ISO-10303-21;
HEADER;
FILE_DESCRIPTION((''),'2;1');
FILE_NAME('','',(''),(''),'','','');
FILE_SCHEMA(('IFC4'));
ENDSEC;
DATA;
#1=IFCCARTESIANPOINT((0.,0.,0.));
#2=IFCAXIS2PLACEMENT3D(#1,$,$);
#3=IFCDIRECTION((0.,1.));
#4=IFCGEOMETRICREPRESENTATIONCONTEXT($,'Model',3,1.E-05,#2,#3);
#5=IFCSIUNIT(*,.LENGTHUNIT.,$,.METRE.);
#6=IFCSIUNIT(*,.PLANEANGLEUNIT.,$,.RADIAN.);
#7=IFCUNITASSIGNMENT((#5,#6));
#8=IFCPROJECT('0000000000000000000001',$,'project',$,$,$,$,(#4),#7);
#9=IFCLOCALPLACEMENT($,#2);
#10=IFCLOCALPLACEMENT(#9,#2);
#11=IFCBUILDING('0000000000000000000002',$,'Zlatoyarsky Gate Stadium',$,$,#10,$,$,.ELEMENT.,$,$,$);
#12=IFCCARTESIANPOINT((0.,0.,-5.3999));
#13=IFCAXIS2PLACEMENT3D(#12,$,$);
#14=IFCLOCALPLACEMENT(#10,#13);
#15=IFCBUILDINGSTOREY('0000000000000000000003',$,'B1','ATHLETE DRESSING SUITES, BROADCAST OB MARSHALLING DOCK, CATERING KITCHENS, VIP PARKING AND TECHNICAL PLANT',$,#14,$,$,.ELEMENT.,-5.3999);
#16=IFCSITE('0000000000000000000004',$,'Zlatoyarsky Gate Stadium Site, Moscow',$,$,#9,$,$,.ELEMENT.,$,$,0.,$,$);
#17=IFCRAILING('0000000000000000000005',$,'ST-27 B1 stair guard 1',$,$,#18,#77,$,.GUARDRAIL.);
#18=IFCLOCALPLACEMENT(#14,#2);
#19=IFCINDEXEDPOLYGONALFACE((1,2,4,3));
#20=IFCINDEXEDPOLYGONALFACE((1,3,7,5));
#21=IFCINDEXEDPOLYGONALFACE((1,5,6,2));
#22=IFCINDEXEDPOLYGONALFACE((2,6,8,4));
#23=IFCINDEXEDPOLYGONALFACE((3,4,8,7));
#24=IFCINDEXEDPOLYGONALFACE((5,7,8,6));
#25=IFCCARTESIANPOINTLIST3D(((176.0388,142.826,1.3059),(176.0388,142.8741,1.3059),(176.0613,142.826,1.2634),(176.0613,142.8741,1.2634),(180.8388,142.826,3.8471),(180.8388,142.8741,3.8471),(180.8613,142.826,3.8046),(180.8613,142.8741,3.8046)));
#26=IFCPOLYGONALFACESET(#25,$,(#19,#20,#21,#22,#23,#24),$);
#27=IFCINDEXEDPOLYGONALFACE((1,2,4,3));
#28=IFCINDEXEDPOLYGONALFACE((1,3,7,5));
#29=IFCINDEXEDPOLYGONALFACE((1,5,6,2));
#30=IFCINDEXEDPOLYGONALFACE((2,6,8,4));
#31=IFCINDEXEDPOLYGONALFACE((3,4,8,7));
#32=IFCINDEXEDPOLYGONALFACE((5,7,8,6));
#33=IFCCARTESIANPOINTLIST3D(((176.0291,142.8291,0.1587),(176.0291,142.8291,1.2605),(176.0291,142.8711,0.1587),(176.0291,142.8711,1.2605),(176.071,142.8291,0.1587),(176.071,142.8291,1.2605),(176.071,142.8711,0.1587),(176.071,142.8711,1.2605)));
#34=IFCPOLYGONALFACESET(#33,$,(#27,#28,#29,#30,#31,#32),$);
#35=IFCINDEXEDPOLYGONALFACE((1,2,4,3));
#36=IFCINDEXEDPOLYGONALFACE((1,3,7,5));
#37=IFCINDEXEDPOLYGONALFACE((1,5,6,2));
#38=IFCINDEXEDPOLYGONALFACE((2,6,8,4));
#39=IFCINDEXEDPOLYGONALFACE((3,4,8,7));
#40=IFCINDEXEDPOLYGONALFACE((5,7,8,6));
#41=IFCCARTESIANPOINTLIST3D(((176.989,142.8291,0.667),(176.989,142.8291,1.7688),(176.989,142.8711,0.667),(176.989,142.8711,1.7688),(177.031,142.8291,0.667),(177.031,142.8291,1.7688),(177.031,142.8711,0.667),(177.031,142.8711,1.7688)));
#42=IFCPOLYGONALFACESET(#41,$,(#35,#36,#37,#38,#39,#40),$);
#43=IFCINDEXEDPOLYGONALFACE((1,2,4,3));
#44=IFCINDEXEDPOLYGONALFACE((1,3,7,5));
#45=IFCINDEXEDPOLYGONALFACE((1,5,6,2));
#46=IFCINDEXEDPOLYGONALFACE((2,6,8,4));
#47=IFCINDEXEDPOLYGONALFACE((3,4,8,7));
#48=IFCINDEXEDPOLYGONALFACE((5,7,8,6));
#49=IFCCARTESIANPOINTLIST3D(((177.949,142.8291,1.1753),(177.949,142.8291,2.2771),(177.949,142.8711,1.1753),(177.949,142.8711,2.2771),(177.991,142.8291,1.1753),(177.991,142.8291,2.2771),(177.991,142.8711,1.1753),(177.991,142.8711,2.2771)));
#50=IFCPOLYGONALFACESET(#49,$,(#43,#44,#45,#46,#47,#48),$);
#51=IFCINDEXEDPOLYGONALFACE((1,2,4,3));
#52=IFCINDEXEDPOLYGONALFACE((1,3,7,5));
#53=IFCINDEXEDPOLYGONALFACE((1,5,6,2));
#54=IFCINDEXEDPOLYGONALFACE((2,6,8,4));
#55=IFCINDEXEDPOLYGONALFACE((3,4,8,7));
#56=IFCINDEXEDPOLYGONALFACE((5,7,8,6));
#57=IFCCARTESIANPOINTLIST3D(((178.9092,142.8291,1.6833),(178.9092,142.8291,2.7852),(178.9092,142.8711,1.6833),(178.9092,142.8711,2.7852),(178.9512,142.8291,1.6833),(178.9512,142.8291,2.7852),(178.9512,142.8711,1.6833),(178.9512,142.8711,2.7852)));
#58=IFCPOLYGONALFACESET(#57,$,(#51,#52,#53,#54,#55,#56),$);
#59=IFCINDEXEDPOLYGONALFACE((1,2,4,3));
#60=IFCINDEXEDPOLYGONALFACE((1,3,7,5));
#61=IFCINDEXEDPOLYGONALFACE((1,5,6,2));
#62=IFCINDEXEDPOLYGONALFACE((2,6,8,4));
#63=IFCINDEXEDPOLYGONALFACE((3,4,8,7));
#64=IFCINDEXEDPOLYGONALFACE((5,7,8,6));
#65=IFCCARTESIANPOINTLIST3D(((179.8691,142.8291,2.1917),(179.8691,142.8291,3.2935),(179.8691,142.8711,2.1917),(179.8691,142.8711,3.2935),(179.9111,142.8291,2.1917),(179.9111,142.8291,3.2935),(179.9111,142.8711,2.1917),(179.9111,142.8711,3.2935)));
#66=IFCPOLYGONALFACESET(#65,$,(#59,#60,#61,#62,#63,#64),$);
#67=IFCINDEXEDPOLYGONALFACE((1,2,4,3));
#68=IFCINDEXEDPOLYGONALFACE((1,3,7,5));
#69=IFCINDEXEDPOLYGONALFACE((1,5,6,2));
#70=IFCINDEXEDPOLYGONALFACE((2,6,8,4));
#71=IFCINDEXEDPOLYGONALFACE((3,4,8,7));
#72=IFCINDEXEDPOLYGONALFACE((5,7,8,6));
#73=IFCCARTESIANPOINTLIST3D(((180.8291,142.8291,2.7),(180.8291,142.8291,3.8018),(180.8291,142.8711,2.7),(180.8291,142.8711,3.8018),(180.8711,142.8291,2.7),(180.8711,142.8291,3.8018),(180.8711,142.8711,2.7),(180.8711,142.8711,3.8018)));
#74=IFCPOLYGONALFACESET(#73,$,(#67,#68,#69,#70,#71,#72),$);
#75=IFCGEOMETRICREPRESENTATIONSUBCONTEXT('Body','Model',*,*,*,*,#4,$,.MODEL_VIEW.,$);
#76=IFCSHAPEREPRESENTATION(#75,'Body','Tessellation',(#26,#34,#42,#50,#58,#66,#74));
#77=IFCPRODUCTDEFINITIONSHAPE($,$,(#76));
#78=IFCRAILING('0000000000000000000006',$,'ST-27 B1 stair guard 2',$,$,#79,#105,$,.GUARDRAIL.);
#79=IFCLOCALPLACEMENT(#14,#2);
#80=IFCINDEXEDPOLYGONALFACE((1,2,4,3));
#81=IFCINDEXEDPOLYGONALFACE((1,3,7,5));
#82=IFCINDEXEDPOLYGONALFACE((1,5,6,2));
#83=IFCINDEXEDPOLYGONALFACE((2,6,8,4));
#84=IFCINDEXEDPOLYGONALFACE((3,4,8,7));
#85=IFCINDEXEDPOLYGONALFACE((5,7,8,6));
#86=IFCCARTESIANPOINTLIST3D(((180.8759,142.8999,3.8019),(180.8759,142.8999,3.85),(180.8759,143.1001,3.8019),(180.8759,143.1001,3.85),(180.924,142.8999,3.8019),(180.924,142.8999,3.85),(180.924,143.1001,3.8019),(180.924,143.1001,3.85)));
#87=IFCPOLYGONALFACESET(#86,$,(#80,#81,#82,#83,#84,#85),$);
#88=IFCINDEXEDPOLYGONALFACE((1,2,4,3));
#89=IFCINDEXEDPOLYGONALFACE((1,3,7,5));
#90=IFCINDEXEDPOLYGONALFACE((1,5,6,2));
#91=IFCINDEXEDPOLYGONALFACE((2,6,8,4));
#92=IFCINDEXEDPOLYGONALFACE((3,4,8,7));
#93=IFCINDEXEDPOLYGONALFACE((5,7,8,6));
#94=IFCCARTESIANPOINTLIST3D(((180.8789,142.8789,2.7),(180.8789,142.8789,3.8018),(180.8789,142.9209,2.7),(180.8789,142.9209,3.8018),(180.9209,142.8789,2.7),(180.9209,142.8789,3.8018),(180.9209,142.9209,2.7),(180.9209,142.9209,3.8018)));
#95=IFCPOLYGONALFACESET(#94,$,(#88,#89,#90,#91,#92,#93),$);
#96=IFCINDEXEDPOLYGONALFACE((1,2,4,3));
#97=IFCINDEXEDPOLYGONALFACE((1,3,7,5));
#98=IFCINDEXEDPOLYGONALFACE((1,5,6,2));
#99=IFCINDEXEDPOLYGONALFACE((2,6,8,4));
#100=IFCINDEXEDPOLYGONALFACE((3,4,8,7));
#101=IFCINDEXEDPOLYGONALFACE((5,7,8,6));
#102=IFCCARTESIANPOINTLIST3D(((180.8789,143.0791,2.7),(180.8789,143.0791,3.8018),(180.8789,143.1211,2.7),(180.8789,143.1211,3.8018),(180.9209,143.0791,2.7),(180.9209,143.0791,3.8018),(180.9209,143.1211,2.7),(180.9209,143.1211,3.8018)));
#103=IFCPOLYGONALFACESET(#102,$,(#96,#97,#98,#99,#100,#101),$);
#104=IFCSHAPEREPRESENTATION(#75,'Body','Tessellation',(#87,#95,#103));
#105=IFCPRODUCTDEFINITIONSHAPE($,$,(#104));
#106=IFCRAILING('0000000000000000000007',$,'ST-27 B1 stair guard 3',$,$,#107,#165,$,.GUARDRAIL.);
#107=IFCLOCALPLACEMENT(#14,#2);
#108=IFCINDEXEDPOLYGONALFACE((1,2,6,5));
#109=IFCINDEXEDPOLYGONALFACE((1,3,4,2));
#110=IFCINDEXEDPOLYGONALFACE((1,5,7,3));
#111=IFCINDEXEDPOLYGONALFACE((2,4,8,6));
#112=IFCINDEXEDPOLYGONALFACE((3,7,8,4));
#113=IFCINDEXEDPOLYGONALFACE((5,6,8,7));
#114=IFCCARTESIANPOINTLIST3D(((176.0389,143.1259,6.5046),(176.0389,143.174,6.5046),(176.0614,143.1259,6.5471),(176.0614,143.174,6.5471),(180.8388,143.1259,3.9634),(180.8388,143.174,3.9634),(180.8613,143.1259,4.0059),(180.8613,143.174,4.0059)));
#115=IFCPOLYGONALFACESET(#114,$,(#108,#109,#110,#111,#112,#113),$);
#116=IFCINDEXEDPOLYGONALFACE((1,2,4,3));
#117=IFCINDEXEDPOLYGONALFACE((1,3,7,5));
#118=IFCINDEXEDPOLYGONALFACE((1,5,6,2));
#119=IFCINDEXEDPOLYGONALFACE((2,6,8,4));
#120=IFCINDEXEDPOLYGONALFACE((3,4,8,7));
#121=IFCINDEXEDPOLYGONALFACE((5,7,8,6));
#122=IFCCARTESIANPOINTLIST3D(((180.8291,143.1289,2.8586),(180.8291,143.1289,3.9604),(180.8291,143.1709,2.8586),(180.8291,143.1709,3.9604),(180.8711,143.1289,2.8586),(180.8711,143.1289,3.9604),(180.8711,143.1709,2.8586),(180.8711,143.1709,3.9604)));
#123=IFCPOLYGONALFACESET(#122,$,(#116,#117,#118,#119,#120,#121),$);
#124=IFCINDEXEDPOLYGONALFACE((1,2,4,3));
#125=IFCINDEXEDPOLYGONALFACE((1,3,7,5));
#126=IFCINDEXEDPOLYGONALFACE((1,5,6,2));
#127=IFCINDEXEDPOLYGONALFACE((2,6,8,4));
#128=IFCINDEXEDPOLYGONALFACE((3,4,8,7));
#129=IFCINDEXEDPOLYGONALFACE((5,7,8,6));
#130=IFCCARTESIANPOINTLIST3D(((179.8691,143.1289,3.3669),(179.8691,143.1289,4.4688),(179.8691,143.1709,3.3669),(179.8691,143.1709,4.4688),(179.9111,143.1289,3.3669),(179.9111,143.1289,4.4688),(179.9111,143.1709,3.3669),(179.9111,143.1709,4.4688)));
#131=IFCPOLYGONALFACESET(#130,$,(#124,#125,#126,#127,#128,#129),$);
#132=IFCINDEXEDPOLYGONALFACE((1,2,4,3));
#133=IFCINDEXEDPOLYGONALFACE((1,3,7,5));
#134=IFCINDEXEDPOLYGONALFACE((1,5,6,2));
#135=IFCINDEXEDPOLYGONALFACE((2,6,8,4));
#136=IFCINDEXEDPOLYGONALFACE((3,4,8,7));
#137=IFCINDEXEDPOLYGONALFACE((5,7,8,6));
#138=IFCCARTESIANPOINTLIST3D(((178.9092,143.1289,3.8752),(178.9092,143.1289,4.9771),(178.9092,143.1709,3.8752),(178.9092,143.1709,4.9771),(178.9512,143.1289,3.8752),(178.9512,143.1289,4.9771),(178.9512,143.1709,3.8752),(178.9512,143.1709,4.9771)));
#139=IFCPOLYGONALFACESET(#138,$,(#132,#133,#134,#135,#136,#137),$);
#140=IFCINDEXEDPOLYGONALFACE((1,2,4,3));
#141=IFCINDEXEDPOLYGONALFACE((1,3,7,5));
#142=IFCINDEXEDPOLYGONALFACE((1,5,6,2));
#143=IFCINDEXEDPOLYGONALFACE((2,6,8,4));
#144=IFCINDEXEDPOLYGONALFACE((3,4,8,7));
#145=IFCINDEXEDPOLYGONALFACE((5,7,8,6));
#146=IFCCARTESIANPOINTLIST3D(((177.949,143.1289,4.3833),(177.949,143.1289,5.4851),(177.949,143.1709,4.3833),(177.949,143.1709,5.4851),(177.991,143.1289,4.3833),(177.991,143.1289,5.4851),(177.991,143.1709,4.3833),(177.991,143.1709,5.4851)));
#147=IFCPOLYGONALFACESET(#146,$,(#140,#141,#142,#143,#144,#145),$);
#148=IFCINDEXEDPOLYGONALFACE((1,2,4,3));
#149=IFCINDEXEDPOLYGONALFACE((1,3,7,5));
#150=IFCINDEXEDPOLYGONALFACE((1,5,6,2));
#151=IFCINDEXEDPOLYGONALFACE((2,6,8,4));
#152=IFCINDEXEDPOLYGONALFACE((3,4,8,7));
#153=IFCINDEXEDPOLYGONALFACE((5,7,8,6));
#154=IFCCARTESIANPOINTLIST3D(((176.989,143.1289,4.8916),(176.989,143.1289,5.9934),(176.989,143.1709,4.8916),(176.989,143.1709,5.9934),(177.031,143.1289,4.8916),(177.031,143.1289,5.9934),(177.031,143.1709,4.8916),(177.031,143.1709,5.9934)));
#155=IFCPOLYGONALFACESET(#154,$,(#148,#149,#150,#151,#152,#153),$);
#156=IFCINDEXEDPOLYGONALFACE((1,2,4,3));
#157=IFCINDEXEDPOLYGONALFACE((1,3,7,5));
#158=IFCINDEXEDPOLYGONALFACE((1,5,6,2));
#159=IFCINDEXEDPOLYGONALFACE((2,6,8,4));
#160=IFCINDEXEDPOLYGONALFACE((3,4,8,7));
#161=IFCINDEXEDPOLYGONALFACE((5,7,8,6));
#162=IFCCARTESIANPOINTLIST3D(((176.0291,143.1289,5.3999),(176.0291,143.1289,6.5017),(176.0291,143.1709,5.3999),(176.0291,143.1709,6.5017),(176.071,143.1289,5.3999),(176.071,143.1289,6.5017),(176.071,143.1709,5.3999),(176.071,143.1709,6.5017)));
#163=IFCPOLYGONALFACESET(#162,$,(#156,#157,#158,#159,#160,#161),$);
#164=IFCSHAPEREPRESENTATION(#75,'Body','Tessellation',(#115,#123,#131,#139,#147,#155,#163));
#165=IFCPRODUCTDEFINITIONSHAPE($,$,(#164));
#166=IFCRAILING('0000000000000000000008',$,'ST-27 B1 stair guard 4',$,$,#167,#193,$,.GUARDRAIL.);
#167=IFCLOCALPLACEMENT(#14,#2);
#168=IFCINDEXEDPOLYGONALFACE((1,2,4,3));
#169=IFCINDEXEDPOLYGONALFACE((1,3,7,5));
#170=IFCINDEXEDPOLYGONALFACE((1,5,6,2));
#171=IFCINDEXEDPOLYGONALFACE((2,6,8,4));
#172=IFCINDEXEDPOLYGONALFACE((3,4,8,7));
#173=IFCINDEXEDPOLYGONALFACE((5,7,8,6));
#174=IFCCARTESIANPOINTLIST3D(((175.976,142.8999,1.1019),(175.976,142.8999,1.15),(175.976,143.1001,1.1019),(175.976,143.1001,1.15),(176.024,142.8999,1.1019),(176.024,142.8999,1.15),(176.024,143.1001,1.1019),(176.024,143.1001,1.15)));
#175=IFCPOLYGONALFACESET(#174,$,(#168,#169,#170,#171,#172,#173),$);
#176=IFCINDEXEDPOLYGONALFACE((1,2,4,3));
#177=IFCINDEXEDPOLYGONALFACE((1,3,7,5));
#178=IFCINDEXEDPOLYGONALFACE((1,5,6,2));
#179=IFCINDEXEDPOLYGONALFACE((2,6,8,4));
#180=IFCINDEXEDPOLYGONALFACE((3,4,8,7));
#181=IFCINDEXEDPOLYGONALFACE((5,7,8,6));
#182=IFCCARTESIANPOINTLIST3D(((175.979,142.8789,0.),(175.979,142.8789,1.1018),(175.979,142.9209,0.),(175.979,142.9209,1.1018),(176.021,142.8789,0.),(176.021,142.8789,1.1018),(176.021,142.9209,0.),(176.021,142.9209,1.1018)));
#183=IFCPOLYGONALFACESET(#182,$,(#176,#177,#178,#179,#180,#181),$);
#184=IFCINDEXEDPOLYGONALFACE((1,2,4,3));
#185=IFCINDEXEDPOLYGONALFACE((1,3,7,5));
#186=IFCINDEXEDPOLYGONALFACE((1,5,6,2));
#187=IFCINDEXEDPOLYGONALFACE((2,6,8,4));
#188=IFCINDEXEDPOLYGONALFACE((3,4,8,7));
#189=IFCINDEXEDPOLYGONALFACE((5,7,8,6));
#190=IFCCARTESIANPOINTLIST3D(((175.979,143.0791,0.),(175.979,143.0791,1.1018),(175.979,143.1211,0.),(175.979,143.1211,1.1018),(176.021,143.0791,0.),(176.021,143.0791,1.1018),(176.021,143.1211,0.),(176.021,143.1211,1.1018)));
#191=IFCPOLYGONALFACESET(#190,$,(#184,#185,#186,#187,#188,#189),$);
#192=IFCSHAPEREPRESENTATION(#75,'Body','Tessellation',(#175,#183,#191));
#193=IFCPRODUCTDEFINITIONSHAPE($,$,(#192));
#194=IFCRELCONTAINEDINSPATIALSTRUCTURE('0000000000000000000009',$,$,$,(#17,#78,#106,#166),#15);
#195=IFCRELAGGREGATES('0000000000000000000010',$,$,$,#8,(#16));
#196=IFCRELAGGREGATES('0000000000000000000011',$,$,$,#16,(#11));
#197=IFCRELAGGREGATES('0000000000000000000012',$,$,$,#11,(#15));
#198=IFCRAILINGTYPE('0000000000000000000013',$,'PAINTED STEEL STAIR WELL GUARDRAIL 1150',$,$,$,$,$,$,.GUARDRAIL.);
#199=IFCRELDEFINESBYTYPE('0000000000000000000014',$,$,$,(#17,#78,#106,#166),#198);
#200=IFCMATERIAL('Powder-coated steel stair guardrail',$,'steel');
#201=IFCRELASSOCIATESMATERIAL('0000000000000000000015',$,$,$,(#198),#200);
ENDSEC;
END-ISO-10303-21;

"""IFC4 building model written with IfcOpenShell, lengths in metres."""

from ifc_helpers import new_model, si_unit, direction, frame, origin, origin_2d, place, context, subcontext, project, spatial, rectangle, extrude, material, type_object, element, save


model = new_model("IFC4")

# Units and contexts
model_context = context("Model", 3, precision=1e-05, world=origin(), true_north=direction((0.0, 1.0)))
body_context = subcontext(model_context, "Body", "Model", "MODEL_VIEW")
ifc_project = project(units=[si_unit("LENGTHUNIT", "METRE"), si_unit("PLANEANGLEUNIT", "RADIAN")], contexts=[model_context])

# Site, building, storey
site_placement = place(None, origin())
site = spatial("IfcSite", under=ifc_project, at=site_placement, Name="Zlatoyarsky Gate Stadium Site, Moscow", CompositionType="ELEMENT", RefElevation=0.0)
building_placement = place(site_placement, origin())
building = spatial("IfcBuilding", under=site, at=building_placement, Name="Zlatoyarsky Gate Stadium", CompositionType="ELEMENT")
storey_placement = place(building_placement, frame((0.0, 0.0, -5.3999)))
storey = spatial("IfcBuildingStorey", under=building, at=storey_placement, Name="B1", Description="ATHLETE DRESSING SUITES, BROADCAST OB MARSHALLING DOCK, CATERING KITCHENS, VIP PARKING AND TECHNICAL PLANT", CompositionType="ELEMENT", Elevation=-5.3999)

# Railings
ifc_material_1 = material(Name="Powder-coated steel stair guardrail", Category="steel")
railing_type_1 = type_object("IfcRailingType", Name="PAINTED STEEL STAIR WELL GUARDRAIL 1150", PredefinedType="GUARDRAIL", material=ifc_material_1)
railing_1_placement = place(storey_placement, frame((176.05, 142.8501, 0.1587)))
element("IfcRailing", 1, at=railing_1_placement, inside=storey, type_object=railing_type_1, Name="ST-27 B1 stair guard 1", PredefinedType="GUARDRAIL", context=body_context, shape_type="SweptSolid", body=[
    extrude(rectangle(XDim=0.0481, YDim=0.0481, at=origin_2d()), frame((0.0, 0.0, 1.126), z_axis=(0.883784, 0.0, 0.467896), x_axis=(0.0, 1.0, 0.0)), (0.0, 0.0, 1.0), 5.4312),
    extrude(rectangle(XDim=0.042, YDim=0.042, at=origin_2d()), origin(), (0.0, 0.0, 1.0), 1.1018),
    extrude(rectangle(XDim=0.042, YDim=0.042, at=origin_2d()), frame((0.96, 0.0, 0.5083)), (0.0, 0.0, 1.0), 1.1018),
    extrude(rectangle(XDim=0.042, YDim=0.042, at=origin_2d()), frame((1.9199, 0.0, 1.0166)), (0.0, 0.0, 1.0), 1.1018),
    extrude(rectangle(XDim=0.042, YDim=0.042, at=origin_2d()), frame((2.8801, 0.0, 1.5247)), (0.0, 0.0, 1.0), 1.1018),
    extrude(rectangle(XDim=0.042, YDim=0.042, at=origin_2d()), frame((3.8401, 0.0, 2.033)), (0.0, 0.0, 1.0), 1.1018),
    extrude(rectangle(XDim=0.042, YDim=0.042, at=origin_2d()), frame((4.8, 0.0, 2.5413)), (0.0, 0.0, 1.0), 1.1018),
])
railing_2_placement = place(storey_placement, frame((180.8999, 142.8999, 2.7)))
element("IfcRailing", 2, at=railing_2_placement, inside=storey, type_object=railing_type_1, Name="ST-27 B1 stair guard 2", PredefinedType="GUARDRAIL", context=body_context, shape_type="SweptSolid", body=[
    extrude(rectangle(XDim=0.0481, YDim=0.0481, at=origin_2d()), frame((0.0, 0.0, 1.126), z_axis=(0.0, 1.0, 0.0), x_axis=(-1.0, 0.0, 0.0)), (0.0, 0.0, 1.0), 0.2002),
    extrude(rectangle(XDim=0.042, YDim=0.042, at=origin_2d()), origin(), (0.0, 0.0, 1.0), 1.1018),
    extrude(rectangle(XDim=0.042, YDim=0.042, at=origin_2d()), frame((0.0, 0.2002, 0.0)), (0.0, 0.0, 1.0), 1.1018),
])
railing_3_placement = place(storey_placement, frame((180.8501, 143.1499, 2.8586)))
element("IfcRailing", 3, at=railing_3_placement, inside=storey, type_object=railing_type_1, Name="ST-27 B1 stair guard 3", PredefinedType="GUARDRAIL", context=body_context, shape_type="SweptSolid", body=[
    extrude(rectangle(XDim=0.0481, YDim=0.0481, at=origin_2d()), frame((0.0, 0.0, 1.126), z_axis=(-0.883784, 0.0, 0.467896), x_axis=(0.0, -1.0, 0.0)), (0.0, 0.0, 1.0), 5.4312),
    extrude(rectangle(XDim=0.042, YDim=0.042, at=origin_2d()), origin(), (0.0, 0.0, 1.0), 1.1018),
    extrude(rectangle(XDim=0.042, YDim=0.042, at=origin_2d()), frame((-0.96, 0.0, 0.5083)), (0.0, 0.0, 1.0), 1.1018),
    extrude(rectangle(XDim=0.042, YDim=0.042, at=origin_2d()), frame((-1.9199, 0.0, 1.0166)), (0.0, 0.0, 1.0), 1.1018),
    extrude(rectangle(XDim=0.042, YDim=0.042, at=origin_2d()), frame((-2.8801, 0.0, 1.5247)), (0.0, 0.0, 1.0), 1.1018),
    extrude(rectangle(XDim=0.042, YDim=0.042, at=origin_2d()), frame((-3.8401, 0.0, 2.033)), (0.0, 0.0, 1.0), 1.1018),
    extrude(rectangle(XDim=0.042, YDim=0.042, at=origin_2d()), frame((-4.8, 0.0, 2.5413)), (0.0, 0.0, 1.0), 1.1018),
])
railing_4_placement = place(storey_placement, frame((176.0, 142.8999, 0.0)))
element("IfcRailing", 4, at=railing_4_placement, inside=storey, type_object=railing_type_1, Name="ST-27 B1 stair guard 4", PredefinedType="GUARDRAIL", context=body_context, shape_type="SweptSolid", body=[
    extrude(rectangle(XDim=0.0481, YDim=0.0481, at=origin_2d()), frame((0.0, 0.0, 1.126), z_axis=(0.0, 1.0, 0.0), x_axis=(-1.0, 0.0, 0.0)), (0.0, 0.0, 1.0), 0.2002),
    extrude(rectangle(XDim=0.042, YDim=0.042, at=origin_2d()), origin(), (0.0, 0.0, 1.0), 1.1018),
    extrude(rectangle(XDim=0.042, YDim=0.042, at=origin_2d()), frame((0.0, 0.2002, 0.0)), (0.0, 0.0, 1.0), 1.1018),
])

save(model, "model.ifc")
